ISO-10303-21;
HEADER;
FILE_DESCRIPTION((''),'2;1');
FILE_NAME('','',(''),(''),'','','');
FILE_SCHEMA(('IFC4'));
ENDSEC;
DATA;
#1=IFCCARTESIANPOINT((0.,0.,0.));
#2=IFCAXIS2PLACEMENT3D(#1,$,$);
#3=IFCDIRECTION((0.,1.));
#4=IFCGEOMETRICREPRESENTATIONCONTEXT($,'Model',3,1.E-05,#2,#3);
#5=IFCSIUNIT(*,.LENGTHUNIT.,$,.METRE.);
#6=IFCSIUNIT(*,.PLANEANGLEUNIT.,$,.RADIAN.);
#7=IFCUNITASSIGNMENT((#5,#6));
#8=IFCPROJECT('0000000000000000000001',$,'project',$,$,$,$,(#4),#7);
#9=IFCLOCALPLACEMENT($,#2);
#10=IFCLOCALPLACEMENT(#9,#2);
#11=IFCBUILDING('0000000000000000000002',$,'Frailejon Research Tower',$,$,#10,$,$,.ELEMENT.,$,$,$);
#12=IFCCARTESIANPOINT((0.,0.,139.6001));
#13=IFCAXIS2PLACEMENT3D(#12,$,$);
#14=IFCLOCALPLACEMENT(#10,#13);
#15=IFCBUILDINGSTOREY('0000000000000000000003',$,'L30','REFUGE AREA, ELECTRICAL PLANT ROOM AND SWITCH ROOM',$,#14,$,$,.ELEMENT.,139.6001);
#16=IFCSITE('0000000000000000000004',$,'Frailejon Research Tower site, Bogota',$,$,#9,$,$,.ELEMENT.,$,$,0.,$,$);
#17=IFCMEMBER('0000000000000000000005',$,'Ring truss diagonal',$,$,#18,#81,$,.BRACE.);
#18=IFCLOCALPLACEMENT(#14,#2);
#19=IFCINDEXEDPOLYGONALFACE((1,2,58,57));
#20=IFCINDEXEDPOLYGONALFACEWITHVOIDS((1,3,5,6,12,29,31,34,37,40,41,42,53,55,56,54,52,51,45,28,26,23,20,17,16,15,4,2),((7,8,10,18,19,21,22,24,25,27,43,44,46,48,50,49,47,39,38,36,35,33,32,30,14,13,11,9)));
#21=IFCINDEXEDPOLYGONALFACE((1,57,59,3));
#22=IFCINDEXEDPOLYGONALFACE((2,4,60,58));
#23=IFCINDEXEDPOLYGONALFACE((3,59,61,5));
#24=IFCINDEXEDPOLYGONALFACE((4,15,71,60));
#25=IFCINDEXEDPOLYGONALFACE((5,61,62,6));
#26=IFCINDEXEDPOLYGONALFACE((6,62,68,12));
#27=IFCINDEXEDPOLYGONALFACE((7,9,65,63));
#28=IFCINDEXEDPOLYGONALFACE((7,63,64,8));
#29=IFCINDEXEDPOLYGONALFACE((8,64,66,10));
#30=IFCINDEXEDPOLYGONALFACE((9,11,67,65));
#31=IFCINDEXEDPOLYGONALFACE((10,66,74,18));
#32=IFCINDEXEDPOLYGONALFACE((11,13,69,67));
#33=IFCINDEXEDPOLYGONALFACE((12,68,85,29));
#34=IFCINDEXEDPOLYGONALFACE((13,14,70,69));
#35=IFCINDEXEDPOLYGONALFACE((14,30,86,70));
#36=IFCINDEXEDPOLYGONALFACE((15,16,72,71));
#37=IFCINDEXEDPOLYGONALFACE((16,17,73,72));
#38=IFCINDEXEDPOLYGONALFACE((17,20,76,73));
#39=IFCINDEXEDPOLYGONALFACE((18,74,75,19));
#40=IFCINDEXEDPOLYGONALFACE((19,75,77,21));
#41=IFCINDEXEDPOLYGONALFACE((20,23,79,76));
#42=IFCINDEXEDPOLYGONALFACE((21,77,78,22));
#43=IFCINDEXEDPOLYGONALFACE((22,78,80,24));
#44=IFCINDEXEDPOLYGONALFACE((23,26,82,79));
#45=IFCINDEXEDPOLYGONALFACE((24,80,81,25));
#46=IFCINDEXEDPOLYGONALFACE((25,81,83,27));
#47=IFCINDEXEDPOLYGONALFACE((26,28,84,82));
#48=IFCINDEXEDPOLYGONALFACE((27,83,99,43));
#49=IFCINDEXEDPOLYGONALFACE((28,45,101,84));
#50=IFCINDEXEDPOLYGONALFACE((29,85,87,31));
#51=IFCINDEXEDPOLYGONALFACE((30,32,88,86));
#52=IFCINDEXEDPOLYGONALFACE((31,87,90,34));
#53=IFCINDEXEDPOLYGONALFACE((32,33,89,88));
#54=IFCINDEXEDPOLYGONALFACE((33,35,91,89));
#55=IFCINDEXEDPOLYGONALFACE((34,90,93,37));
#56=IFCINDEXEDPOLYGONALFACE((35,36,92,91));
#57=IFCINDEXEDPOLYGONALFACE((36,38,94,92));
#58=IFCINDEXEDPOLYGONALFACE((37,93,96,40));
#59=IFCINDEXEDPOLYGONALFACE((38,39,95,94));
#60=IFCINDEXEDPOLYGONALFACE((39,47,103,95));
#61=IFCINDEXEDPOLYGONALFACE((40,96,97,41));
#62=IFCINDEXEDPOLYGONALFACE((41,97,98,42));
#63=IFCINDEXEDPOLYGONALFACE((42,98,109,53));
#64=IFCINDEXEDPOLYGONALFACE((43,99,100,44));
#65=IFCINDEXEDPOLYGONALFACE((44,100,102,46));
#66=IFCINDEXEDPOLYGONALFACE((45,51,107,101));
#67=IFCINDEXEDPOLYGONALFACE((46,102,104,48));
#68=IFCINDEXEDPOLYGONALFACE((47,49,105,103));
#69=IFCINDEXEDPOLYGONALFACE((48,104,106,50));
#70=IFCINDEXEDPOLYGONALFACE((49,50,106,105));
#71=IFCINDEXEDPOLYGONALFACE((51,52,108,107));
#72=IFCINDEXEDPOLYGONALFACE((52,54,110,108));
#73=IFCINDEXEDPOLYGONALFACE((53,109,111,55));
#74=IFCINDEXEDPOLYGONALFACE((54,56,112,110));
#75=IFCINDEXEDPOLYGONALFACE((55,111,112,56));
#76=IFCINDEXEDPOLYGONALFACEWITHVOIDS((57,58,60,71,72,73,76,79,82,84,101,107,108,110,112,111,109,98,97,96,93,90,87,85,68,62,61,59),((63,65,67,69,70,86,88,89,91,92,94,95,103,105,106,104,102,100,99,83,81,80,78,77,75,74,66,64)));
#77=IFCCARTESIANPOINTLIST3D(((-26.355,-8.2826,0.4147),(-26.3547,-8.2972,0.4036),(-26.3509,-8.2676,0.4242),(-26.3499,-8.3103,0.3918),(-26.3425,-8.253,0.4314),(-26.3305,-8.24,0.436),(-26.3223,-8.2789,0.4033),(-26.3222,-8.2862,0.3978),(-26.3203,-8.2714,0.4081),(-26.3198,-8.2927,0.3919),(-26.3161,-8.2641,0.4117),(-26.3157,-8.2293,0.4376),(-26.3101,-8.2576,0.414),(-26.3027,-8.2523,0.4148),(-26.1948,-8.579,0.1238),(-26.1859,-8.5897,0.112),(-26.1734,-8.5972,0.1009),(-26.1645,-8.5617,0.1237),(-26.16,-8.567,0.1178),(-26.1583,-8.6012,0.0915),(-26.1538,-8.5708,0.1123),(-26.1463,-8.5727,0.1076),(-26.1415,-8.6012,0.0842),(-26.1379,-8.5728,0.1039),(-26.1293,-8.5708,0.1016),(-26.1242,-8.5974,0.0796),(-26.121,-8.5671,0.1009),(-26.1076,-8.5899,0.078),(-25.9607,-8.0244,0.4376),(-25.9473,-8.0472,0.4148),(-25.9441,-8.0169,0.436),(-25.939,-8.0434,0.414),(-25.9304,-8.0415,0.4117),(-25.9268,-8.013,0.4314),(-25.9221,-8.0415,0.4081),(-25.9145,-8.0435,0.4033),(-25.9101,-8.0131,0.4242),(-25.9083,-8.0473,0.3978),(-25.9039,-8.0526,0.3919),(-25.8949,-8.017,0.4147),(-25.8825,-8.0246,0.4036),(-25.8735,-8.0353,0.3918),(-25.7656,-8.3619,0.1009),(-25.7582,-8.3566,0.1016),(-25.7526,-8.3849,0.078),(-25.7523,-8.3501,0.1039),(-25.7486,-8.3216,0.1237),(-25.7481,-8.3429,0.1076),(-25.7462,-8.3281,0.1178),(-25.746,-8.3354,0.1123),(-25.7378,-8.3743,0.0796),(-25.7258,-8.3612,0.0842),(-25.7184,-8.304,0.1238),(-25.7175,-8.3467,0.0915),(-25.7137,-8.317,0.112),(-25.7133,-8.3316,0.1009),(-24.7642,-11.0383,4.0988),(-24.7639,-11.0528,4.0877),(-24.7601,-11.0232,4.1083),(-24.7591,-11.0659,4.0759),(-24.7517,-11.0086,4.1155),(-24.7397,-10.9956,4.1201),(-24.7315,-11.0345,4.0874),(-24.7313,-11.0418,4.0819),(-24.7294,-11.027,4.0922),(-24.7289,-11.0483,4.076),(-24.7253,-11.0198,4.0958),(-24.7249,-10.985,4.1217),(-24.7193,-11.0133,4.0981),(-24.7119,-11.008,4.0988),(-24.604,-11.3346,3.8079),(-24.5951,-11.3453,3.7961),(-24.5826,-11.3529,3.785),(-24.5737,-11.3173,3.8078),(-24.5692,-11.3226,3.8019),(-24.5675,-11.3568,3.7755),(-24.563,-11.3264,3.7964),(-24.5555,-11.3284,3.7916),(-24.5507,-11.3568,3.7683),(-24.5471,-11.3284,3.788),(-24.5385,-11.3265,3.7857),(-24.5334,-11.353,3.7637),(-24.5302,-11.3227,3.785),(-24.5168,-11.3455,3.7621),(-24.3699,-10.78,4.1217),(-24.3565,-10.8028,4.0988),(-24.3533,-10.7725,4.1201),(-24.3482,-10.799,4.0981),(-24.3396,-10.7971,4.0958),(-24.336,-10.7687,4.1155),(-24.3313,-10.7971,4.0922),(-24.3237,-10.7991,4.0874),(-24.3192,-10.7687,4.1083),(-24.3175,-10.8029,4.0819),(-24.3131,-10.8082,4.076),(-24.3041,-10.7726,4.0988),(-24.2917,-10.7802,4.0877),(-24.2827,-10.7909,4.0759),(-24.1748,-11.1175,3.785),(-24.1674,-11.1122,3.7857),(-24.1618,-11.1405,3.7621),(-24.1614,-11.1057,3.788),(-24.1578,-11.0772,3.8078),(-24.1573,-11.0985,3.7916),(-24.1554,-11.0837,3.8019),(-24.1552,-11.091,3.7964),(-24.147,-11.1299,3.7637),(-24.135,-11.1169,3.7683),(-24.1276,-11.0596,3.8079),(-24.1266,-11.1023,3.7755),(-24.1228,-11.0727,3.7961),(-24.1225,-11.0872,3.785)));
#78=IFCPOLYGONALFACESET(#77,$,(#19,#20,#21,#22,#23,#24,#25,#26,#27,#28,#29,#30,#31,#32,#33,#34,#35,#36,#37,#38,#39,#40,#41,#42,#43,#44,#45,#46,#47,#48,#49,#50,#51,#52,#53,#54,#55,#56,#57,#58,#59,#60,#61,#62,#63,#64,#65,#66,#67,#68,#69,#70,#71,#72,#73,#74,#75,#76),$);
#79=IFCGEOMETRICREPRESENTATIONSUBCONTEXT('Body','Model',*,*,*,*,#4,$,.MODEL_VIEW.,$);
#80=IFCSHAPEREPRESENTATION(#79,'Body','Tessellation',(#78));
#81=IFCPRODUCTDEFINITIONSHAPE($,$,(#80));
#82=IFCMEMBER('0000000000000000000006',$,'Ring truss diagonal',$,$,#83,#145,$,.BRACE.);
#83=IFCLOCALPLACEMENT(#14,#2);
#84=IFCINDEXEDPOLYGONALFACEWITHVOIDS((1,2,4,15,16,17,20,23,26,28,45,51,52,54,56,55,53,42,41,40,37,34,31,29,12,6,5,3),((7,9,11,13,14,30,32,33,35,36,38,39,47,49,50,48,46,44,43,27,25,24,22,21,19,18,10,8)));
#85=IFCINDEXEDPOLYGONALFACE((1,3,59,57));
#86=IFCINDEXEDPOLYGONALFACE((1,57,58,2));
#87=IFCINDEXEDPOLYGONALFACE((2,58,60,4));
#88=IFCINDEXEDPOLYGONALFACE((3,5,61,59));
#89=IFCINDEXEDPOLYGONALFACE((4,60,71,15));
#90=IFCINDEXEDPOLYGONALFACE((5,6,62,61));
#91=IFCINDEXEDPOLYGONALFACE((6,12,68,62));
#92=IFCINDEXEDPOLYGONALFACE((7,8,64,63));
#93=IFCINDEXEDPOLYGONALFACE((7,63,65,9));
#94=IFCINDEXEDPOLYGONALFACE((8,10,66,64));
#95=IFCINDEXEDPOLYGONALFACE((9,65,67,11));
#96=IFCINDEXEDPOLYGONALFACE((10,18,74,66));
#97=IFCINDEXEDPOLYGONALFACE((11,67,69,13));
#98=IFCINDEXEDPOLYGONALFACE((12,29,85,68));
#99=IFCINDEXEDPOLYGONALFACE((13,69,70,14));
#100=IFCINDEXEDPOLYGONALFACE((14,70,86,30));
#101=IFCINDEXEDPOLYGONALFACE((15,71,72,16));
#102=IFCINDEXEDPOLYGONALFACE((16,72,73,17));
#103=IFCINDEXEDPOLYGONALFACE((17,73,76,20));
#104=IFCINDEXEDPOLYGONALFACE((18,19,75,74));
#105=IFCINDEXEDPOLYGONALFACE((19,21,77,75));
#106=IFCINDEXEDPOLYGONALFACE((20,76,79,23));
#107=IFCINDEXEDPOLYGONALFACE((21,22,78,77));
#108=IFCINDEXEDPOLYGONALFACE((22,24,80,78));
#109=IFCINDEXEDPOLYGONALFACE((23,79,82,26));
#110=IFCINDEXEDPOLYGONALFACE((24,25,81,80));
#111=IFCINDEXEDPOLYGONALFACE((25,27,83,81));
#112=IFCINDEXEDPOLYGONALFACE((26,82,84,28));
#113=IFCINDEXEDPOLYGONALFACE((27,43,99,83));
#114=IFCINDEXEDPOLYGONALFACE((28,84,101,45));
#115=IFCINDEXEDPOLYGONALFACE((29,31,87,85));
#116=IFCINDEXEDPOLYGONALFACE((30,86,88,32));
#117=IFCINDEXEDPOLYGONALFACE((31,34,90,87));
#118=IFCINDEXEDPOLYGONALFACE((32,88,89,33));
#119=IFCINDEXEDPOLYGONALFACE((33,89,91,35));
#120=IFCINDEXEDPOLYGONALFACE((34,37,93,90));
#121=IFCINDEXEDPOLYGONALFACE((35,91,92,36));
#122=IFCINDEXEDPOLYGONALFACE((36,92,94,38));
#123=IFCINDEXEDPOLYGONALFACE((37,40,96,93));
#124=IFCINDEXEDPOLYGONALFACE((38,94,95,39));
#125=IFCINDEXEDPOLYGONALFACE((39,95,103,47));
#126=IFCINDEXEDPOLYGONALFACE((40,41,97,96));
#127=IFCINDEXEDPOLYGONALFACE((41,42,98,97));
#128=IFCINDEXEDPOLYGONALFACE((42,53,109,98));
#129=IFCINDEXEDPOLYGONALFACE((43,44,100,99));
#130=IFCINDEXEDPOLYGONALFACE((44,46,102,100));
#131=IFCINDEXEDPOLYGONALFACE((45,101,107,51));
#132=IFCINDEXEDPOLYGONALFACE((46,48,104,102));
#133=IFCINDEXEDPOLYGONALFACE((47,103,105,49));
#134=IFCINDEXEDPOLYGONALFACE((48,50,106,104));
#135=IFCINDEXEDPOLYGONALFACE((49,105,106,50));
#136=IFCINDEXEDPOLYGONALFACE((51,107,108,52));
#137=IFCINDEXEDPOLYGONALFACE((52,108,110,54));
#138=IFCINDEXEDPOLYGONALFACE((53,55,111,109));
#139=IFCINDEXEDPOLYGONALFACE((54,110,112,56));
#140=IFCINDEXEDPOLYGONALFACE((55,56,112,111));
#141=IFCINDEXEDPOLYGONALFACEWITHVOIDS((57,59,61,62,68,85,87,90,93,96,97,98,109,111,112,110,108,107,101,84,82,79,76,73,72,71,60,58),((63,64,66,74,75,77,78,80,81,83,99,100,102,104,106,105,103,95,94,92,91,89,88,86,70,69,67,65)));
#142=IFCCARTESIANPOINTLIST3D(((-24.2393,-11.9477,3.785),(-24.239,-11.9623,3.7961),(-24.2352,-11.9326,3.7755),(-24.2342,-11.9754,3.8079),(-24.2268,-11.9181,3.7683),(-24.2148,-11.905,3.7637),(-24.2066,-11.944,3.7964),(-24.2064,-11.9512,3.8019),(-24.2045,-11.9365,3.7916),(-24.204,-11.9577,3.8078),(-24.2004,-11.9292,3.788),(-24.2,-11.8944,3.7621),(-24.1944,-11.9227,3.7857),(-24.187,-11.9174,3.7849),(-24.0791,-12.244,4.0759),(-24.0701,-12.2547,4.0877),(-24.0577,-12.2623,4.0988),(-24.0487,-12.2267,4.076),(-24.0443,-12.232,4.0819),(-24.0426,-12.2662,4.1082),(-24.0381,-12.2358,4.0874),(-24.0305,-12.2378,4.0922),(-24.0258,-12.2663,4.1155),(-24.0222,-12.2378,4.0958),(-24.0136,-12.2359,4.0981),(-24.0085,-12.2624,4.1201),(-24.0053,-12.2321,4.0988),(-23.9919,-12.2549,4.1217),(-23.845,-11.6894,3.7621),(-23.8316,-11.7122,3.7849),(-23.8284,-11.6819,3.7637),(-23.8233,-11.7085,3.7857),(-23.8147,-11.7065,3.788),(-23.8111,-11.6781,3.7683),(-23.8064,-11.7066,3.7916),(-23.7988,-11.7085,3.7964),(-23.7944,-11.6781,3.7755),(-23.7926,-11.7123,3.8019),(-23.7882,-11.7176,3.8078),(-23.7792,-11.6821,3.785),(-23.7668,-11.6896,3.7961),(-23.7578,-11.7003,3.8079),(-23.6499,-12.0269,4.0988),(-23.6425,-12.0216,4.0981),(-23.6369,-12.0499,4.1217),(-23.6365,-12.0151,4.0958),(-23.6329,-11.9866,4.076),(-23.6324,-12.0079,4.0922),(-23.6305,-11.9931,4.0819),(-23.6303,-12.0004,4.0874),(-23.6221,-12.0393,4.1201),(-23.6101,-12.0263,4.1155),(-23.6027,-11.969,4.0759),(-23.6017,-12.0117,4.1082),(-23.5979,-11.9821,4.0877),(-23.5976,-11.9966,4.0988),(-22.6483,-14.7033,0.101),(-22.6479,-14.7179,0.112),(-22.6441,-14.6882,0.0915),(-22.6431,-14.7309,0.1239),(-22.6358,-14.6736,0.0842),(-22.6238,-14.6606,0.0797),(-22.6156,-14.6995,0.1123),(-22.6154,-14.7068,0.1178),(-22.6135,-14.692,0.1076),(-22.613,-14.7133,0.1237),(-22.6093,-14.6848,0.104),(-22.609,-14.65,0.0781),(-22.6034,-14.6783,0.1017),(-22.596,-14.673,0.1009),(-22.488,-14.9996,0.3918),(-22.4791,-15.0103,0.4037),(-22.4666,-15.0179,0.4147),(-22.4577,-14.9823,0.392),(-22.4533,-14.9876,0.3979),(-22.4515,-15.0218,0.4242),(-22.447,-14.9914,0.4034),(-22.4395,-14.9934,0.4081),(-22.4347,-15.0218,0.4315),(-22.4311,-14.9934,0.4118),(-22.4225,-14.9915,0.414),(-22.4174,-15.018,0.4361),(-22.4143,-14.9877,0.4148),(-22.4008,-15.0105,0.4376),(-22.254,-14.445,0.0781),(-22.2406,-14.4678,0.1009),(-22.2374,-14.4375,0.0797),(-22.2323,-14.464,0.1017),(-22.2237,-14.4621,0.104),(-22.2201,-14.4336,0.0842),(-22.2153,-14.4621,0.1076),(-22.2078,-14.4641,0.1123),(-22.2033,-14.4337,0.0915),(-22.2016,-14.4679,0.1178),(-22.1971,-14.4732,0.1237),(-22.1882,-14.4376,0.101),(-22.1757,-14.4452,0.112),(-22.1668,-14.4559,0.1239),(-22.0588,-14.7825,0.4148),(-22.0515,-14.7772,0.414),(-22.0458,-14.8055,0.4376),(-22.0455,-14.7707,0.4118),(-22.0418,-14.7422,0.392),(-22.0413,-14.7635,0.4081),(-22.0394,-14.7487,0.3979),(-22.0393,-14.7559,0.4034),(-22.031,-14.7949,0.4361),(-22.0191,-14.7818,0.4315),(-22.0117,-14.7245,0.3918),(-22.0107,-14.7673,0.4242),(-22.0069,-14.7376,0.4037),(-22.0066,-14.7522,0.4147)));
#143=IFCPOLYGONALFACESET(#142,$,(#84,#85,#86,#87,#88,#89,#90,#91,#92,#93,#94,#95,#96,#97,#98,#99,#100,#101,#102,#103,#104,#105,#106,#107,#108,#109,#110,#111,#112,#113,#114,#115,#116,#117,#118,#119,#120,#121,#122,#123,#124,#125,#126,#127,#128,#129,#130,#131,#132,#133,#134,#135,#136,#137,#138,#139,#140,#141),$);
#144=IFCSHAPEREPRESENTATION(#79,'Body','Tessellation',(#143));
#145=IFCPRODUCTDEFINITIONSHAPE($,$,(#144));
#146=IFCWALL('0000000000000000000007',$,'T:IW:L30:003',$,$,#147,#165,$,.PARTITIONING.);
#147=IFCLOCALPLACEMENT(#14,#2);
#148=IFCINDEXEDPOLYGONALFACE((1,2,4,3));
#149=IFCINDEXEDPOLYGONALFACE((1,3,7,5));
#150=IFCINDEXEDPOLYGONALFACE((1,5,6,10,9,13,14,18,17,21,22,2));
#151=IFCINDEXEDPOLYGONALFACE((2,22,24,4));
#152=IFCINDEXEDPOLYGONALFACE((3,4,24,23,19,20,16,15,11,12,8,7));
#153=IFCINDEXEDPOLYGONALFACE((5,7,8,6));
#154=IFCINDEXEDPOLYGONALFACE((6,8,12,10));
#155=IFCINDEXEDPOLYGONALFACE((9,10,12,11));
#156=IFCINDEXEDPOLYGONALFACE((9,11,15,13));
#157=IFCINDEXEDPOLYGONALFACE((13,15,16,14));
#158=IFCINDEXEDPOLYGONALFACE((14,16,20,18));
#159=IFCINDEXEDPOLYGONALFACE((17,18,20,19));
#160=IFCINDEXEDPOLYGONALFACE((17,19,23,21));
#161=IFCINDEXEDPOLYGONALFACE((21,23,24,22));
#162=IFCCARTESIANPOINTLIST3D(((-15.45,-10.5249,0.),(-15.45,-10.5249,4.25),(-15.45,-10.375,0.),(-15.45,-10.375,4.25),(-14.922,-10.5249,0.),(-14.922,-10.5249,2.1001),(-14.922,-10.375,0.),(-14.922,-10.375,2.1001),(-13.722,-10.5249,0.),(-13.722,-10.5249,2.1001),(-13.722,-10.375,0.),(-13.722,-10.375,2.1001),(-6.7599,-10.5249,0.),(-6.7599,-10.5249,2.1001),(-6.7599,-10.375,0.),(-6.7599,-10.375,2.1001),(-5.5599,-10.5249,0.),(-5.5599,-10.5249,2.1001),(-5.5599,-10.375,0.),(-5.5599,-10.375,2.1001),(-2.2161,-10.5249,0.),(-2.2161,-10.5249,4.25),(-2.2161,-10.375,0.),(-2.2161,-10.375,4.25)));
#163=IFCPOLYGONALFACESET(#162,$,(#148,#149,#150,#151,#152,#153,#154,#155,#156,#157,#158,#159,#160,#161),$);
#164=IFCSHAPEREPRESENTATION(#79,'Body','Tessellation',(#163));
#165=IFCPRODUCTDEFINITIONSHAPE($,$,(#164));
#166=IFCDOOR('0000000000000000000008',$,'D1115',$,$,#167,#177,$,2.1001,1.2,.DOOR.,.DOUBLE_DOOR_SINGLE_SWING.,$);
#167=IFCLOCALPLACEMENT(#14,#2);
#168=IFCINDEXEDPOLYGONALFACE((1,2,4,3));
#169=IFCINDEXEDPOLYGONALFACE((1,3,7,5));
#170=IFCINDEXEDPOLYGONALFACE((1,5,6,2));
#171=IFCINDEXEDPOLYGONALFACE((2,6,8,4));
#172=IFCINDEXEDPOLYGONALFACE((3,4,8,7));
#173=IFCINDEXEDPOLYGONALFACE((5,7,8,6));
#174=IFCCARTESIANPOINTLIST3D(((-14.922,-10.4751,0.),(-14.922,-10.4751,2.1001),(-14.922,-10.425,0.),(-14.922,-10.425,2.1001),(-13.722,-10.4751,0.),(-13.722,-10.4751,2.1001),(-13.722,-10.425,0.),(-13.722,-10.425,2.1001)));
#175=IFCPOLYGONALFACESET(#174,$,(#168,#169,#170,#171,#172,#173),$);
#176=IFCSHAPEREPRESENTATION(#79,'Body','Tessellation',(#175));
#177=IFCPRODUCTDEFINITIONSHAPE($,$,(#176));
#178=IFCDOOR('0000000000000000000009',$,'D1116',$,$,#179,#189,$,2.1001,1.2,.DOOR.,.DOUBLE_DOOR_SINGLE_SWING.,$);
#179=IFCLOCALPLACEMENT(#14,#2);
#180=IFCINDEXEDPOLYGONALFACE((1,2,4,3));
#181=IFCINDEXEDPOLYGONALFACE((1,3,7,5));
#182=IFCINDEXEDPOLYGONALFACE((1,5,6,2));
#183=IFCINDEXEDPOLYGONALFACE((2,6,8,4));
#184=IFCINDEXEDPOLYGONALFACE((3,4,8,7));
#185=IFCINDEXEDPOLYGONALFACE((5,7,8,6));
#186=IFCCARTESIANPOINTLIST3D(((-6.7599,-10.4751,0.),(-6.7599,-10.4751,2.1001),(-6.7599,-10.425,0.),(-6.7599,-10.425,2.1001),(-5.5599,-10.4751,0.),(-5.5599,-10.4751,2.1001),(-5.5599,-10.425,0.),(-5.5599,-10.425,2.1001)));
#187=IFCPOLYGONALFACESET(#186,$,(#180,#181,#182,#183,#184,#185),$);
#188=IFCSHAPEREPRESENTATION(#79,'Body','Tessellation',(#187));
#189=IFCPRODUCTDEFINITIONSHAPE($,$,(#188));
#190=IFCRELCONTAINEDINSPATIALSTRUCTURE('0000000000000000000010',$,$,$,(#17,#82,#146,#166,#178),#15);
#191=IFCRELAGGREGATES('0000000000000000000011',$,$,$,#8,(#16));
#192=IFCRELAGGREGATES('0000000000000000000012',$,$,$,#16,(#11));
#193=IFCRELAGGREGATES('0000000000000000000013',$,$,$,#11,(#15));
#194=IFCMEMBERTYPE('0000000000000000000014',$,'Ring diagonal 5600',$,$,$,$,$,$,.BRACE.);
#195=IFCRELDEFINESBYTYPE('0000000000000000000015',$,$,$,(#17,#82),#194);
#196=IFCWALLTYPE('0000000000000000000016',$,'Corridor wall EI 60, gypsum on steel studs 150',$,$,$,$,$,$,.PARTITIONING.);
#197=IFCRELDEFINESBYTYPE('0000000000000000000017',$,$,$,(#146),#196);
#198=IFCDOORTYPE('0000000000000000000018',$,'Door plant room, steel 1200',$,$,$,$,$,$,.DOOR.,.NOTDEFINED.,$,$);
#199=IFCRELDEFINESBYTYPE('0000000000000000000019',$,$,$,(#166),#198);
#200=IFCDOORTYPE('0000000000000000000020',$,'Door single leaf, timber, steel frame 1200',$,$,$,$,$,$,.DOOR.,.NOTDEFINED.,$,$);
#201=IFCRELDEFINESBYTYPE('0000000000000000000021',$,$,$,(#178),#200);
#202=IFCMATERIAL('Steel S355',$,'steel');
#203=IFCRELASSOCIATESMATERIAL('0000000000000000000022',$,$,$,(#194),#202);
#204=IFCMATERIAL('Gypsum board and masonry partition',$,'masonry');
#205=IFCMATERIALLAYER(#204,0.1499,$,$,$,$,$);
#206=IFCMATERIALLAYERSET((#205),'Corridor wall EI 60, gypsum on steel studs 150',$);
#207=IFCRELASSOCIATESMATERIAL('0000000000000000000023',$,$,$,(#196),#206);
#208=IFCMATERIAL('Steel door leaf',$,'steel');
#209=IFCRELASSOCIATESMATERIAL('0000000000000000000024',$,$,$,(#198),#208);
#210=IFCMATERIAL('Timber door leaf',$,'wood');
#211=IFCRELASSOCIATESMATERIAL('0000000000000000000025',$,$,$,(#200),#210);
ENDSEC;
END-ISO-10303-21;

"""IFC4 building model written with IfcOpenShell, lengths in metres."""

from ifc_helpers import new_model, si_unit, direction, frame, frame_2d, origin, origin_2d, place, context, subcontext, project, spatial, rectangle, hollow_rectangle, extrude, material, layer, layer_set, material_profile, profile_set, type_object, element, fill, save


model = new_model("IFC4")

# Units and contexts
model_context = context("Model", 3, precision=1e-05, world=origin(), true_north=direction((0.0, 1.0)))
body_context = subcontext(model_context, "Body", "Model", "MODEL_VIEW")
ifc_project = project(units=[si_unit("LENGTHUNIT", "METRE"), si_unit("PLANEANGLEUNIT", "RADIAN")], contexts=[model_context])

# Site, building, storey
site_placement = place(None, origin())
site = spatial("IfcSite", under=ifc_project, at=site_placement, Name="Frailejon Research Tower site, Bogota", CompositionType="ELEMENT", RefElevation=0.0)
building_placement = place(site_placement, origin())
building = spatial("IfcBuilding", under=site, at=building_placement, Name="Frailejon Research Tower", CompositionType="ELEMENT")
storey_placement = place(building_placement, frame((0.0, 0.0, 139.6001)))
storey = spatial("IfcBuildingStorey", under=building, at=storey_placement, Name="L30", Description="REFUGE AREA, ELECTRICAL PLANT ROOM AND SWITCH ROOM", CompositionType="ELEMENT", Elevation=139.6001)

# Members
ifc_material_1 = material(Name="Steel S355", Category="steel")
ifc_material_profile_1 = material_profile(ifc_material_1, hollow_rectangle(XDim=0.55, YDim=0.55, WallThickness=0.0349, InnerFilletRadius=0.0349, OuterFilletRadius=0.0701, at=origin_2d()), Name="Ring diagonal 5600")
ifc_profile_set_1 = profile_set([ifc_material_profile_1], Name="Steel S355")
member_type = type_object("IfcMemberType", Name="Ring diagonal 5600", PredefinedType="BRACE", material=ifc_profile_set_1)
for number, where, z_axis, x_axis, name in (
    (1, (-26.0342, -8.3071, 0.2578), (0.326797, -0.566077, 0.756809), (0.866044, 0.499968, 0.0), "Ring truss diagonal"),
    (2, (-23.9185, -11.9722, 3.9419), (0.326842, -0.566068, -0.756797), (0.866011, 0.500026, 0.0), "Ring truss diagonal"),
):
    element("IfcMember", number, at=place(storey_placement, frame(where, z_axis=z_axis, x_axis=x_axis)), inside=storey, type_object=member_type, Name=name, PredefinedType="BRACE", context=body_context, shape_type="SweptSolid", body=[
        extrude(hollow_rectangle(XDim=0.55, YDim=0.55, WallThickness=0.0349, InnerFilletRadius=0.0349, OuterFilletRadius=0.0701, at=origin_2d()), origin(), (0.0, 0.0, 1.0), 4.8679),
    ])

# Wall, openings, doors
ifc_material_2 = material(Name="Gypsum board and masonry partition", Category="masonry")
ifc_layer_1 = layer(ifc_material_2, 0.1499)
ifc_layer_set_1 = layer_set([ifc_layer_1], Name="Corridor wall EI 60, gypsum on steel studs 150")
wall_type_1 = type_object("IfcWallType", Name="Corridor wall EI 60, gypsum on steel studs 150", PredefinedType="PARTITIONING", material=ifc_layer_set_1)
wall_1_placement = place(storey_placement, frame((-15.45, -10.45, 0.0), z_axis=(0.0, 0.0, 1.0), x_axis=(1.0, 0.0, 0.0)))
wall_1 = element("IfcWall", 3, at=wall_1_placement, inside=storey, type_object=wall_type_1, Name="T:IW:L30:003", PredefinedType="PARTITIONING", context=body_context, shape_type="SweptSolid", body=[
    extrude(rectangle(XDim=13.2339, YDim=0.1499, at=frame_2d((6.6169, 0.0))), origin(), (0.0, 0.0, 1.0), 4.25),
])
opening_1_placement = place(wall_1_placement, frame((0.5278, 0.0, 0.0)))
opening_1 = element("IfcOpeningElement", 4, at=opening_1_placement, cuts=wall_1, PredefinedType="OPENING", context=body_context, shape_type="SweptSolid", body=[
    extrude(rectangle(XDim=1.2, YDim=2.1001, at=frame_2d((0.6001, 1.05))), frame((0.0, 0.085, 0.0), z_axis=(0.0, -1.0, 0.0), x_axis=(1.0, 0.0, 0.0)), (0.0, 0.0, 1.0), 0.1699),
])
opening_2_placement = place(wall_1_placement, frame((8.6899, 0.0, 0.0)))
opening_2 = element("IfcOpeningElement", 5, at=opening_2_placement, cuts=wall_1, PredefinedType="OPENING", context=body_context, shape_type="SweptSolid", body=[
    extrude(rectangle(XDim=1.2, YDim=2.1001, at=frame_2d((0.6001, 1.05))), frame((0.0, 0.085, 0.0), z_axis=(0.0, -1.0, 0.0), x_axis=(1.0, 0.0, 0.0)), (0.0, 0.0, 1.0), 0.1699),
])
ifc_material_3 = material(Name="Steel door leaf", Category="steel")
door_type_1 = type_object("IfcDoorType", Name="Door plant room, steel 1200", OperationType="NOTDEFINED", PredefinedType="DOOR", material=ifc_material_3)
door_1_placement = place(opening_1_placement, origin())
door_1 = element("IfcDoor", 6, at=door_1_placement, inside=storey, type_object=door_type_1, Name="D1115", OperationType="DOUBLE_DOOR_SINGLE_SWING", OverallHeight=2.1001, OverallWidth=1.2, PredefinedType="DOOR", context=body_context, shape_type="SweptSolid", body=[
    extrude(rectangle(XDim=1.2, YDim=2.1001, at=frame_2d((0.6001, 1.05))), frame((0.0, 0.0249, 0.0), z_axis=(0.0, -1.0, 0.0), x_axis=(1.0, 0.0, 0.0)), (0.0, 0.0, 1.0), 0.05),
])
fill(opening_1, door_1)
ifc_material_4 = material(Name="Timber door leaf", Category="wood")
door_type_2 = type_object("IfcDoorType", Name="Door single leaf, timber, steel frame 1200", OperationType="NOTDEFINED", PredefinedType="DOOR", material=ifc_material_4)
door_2_placement = place(opening_2_placement, origin())
door_2 = element("IfcDoor", 7, at=door_2_placement, inside=storey, type_object=door_type_2, Name="D1116", OperationType="DOUBLE_DOOR_SINGLE_SWING", OverallHeight=2.1001, OverallWidth=1.2, PredefinedType="DOOR", context=body_context, shape_type="SweptSolid", body=[
    extrude(rectangle(XDim=1.2, YDim=2.1001, at=frame_2d((0.6001, 1.05))), frame((0.0, 0.0249, 0.0), z_axis=(0.0, -1.0, 0.0), x_axis=(1.0, 0.0, 0.0)), (0.0, 0.0, 1.0), 0.05),
])
fill(opening_2, door_2)

save(model, "model.ifc")
